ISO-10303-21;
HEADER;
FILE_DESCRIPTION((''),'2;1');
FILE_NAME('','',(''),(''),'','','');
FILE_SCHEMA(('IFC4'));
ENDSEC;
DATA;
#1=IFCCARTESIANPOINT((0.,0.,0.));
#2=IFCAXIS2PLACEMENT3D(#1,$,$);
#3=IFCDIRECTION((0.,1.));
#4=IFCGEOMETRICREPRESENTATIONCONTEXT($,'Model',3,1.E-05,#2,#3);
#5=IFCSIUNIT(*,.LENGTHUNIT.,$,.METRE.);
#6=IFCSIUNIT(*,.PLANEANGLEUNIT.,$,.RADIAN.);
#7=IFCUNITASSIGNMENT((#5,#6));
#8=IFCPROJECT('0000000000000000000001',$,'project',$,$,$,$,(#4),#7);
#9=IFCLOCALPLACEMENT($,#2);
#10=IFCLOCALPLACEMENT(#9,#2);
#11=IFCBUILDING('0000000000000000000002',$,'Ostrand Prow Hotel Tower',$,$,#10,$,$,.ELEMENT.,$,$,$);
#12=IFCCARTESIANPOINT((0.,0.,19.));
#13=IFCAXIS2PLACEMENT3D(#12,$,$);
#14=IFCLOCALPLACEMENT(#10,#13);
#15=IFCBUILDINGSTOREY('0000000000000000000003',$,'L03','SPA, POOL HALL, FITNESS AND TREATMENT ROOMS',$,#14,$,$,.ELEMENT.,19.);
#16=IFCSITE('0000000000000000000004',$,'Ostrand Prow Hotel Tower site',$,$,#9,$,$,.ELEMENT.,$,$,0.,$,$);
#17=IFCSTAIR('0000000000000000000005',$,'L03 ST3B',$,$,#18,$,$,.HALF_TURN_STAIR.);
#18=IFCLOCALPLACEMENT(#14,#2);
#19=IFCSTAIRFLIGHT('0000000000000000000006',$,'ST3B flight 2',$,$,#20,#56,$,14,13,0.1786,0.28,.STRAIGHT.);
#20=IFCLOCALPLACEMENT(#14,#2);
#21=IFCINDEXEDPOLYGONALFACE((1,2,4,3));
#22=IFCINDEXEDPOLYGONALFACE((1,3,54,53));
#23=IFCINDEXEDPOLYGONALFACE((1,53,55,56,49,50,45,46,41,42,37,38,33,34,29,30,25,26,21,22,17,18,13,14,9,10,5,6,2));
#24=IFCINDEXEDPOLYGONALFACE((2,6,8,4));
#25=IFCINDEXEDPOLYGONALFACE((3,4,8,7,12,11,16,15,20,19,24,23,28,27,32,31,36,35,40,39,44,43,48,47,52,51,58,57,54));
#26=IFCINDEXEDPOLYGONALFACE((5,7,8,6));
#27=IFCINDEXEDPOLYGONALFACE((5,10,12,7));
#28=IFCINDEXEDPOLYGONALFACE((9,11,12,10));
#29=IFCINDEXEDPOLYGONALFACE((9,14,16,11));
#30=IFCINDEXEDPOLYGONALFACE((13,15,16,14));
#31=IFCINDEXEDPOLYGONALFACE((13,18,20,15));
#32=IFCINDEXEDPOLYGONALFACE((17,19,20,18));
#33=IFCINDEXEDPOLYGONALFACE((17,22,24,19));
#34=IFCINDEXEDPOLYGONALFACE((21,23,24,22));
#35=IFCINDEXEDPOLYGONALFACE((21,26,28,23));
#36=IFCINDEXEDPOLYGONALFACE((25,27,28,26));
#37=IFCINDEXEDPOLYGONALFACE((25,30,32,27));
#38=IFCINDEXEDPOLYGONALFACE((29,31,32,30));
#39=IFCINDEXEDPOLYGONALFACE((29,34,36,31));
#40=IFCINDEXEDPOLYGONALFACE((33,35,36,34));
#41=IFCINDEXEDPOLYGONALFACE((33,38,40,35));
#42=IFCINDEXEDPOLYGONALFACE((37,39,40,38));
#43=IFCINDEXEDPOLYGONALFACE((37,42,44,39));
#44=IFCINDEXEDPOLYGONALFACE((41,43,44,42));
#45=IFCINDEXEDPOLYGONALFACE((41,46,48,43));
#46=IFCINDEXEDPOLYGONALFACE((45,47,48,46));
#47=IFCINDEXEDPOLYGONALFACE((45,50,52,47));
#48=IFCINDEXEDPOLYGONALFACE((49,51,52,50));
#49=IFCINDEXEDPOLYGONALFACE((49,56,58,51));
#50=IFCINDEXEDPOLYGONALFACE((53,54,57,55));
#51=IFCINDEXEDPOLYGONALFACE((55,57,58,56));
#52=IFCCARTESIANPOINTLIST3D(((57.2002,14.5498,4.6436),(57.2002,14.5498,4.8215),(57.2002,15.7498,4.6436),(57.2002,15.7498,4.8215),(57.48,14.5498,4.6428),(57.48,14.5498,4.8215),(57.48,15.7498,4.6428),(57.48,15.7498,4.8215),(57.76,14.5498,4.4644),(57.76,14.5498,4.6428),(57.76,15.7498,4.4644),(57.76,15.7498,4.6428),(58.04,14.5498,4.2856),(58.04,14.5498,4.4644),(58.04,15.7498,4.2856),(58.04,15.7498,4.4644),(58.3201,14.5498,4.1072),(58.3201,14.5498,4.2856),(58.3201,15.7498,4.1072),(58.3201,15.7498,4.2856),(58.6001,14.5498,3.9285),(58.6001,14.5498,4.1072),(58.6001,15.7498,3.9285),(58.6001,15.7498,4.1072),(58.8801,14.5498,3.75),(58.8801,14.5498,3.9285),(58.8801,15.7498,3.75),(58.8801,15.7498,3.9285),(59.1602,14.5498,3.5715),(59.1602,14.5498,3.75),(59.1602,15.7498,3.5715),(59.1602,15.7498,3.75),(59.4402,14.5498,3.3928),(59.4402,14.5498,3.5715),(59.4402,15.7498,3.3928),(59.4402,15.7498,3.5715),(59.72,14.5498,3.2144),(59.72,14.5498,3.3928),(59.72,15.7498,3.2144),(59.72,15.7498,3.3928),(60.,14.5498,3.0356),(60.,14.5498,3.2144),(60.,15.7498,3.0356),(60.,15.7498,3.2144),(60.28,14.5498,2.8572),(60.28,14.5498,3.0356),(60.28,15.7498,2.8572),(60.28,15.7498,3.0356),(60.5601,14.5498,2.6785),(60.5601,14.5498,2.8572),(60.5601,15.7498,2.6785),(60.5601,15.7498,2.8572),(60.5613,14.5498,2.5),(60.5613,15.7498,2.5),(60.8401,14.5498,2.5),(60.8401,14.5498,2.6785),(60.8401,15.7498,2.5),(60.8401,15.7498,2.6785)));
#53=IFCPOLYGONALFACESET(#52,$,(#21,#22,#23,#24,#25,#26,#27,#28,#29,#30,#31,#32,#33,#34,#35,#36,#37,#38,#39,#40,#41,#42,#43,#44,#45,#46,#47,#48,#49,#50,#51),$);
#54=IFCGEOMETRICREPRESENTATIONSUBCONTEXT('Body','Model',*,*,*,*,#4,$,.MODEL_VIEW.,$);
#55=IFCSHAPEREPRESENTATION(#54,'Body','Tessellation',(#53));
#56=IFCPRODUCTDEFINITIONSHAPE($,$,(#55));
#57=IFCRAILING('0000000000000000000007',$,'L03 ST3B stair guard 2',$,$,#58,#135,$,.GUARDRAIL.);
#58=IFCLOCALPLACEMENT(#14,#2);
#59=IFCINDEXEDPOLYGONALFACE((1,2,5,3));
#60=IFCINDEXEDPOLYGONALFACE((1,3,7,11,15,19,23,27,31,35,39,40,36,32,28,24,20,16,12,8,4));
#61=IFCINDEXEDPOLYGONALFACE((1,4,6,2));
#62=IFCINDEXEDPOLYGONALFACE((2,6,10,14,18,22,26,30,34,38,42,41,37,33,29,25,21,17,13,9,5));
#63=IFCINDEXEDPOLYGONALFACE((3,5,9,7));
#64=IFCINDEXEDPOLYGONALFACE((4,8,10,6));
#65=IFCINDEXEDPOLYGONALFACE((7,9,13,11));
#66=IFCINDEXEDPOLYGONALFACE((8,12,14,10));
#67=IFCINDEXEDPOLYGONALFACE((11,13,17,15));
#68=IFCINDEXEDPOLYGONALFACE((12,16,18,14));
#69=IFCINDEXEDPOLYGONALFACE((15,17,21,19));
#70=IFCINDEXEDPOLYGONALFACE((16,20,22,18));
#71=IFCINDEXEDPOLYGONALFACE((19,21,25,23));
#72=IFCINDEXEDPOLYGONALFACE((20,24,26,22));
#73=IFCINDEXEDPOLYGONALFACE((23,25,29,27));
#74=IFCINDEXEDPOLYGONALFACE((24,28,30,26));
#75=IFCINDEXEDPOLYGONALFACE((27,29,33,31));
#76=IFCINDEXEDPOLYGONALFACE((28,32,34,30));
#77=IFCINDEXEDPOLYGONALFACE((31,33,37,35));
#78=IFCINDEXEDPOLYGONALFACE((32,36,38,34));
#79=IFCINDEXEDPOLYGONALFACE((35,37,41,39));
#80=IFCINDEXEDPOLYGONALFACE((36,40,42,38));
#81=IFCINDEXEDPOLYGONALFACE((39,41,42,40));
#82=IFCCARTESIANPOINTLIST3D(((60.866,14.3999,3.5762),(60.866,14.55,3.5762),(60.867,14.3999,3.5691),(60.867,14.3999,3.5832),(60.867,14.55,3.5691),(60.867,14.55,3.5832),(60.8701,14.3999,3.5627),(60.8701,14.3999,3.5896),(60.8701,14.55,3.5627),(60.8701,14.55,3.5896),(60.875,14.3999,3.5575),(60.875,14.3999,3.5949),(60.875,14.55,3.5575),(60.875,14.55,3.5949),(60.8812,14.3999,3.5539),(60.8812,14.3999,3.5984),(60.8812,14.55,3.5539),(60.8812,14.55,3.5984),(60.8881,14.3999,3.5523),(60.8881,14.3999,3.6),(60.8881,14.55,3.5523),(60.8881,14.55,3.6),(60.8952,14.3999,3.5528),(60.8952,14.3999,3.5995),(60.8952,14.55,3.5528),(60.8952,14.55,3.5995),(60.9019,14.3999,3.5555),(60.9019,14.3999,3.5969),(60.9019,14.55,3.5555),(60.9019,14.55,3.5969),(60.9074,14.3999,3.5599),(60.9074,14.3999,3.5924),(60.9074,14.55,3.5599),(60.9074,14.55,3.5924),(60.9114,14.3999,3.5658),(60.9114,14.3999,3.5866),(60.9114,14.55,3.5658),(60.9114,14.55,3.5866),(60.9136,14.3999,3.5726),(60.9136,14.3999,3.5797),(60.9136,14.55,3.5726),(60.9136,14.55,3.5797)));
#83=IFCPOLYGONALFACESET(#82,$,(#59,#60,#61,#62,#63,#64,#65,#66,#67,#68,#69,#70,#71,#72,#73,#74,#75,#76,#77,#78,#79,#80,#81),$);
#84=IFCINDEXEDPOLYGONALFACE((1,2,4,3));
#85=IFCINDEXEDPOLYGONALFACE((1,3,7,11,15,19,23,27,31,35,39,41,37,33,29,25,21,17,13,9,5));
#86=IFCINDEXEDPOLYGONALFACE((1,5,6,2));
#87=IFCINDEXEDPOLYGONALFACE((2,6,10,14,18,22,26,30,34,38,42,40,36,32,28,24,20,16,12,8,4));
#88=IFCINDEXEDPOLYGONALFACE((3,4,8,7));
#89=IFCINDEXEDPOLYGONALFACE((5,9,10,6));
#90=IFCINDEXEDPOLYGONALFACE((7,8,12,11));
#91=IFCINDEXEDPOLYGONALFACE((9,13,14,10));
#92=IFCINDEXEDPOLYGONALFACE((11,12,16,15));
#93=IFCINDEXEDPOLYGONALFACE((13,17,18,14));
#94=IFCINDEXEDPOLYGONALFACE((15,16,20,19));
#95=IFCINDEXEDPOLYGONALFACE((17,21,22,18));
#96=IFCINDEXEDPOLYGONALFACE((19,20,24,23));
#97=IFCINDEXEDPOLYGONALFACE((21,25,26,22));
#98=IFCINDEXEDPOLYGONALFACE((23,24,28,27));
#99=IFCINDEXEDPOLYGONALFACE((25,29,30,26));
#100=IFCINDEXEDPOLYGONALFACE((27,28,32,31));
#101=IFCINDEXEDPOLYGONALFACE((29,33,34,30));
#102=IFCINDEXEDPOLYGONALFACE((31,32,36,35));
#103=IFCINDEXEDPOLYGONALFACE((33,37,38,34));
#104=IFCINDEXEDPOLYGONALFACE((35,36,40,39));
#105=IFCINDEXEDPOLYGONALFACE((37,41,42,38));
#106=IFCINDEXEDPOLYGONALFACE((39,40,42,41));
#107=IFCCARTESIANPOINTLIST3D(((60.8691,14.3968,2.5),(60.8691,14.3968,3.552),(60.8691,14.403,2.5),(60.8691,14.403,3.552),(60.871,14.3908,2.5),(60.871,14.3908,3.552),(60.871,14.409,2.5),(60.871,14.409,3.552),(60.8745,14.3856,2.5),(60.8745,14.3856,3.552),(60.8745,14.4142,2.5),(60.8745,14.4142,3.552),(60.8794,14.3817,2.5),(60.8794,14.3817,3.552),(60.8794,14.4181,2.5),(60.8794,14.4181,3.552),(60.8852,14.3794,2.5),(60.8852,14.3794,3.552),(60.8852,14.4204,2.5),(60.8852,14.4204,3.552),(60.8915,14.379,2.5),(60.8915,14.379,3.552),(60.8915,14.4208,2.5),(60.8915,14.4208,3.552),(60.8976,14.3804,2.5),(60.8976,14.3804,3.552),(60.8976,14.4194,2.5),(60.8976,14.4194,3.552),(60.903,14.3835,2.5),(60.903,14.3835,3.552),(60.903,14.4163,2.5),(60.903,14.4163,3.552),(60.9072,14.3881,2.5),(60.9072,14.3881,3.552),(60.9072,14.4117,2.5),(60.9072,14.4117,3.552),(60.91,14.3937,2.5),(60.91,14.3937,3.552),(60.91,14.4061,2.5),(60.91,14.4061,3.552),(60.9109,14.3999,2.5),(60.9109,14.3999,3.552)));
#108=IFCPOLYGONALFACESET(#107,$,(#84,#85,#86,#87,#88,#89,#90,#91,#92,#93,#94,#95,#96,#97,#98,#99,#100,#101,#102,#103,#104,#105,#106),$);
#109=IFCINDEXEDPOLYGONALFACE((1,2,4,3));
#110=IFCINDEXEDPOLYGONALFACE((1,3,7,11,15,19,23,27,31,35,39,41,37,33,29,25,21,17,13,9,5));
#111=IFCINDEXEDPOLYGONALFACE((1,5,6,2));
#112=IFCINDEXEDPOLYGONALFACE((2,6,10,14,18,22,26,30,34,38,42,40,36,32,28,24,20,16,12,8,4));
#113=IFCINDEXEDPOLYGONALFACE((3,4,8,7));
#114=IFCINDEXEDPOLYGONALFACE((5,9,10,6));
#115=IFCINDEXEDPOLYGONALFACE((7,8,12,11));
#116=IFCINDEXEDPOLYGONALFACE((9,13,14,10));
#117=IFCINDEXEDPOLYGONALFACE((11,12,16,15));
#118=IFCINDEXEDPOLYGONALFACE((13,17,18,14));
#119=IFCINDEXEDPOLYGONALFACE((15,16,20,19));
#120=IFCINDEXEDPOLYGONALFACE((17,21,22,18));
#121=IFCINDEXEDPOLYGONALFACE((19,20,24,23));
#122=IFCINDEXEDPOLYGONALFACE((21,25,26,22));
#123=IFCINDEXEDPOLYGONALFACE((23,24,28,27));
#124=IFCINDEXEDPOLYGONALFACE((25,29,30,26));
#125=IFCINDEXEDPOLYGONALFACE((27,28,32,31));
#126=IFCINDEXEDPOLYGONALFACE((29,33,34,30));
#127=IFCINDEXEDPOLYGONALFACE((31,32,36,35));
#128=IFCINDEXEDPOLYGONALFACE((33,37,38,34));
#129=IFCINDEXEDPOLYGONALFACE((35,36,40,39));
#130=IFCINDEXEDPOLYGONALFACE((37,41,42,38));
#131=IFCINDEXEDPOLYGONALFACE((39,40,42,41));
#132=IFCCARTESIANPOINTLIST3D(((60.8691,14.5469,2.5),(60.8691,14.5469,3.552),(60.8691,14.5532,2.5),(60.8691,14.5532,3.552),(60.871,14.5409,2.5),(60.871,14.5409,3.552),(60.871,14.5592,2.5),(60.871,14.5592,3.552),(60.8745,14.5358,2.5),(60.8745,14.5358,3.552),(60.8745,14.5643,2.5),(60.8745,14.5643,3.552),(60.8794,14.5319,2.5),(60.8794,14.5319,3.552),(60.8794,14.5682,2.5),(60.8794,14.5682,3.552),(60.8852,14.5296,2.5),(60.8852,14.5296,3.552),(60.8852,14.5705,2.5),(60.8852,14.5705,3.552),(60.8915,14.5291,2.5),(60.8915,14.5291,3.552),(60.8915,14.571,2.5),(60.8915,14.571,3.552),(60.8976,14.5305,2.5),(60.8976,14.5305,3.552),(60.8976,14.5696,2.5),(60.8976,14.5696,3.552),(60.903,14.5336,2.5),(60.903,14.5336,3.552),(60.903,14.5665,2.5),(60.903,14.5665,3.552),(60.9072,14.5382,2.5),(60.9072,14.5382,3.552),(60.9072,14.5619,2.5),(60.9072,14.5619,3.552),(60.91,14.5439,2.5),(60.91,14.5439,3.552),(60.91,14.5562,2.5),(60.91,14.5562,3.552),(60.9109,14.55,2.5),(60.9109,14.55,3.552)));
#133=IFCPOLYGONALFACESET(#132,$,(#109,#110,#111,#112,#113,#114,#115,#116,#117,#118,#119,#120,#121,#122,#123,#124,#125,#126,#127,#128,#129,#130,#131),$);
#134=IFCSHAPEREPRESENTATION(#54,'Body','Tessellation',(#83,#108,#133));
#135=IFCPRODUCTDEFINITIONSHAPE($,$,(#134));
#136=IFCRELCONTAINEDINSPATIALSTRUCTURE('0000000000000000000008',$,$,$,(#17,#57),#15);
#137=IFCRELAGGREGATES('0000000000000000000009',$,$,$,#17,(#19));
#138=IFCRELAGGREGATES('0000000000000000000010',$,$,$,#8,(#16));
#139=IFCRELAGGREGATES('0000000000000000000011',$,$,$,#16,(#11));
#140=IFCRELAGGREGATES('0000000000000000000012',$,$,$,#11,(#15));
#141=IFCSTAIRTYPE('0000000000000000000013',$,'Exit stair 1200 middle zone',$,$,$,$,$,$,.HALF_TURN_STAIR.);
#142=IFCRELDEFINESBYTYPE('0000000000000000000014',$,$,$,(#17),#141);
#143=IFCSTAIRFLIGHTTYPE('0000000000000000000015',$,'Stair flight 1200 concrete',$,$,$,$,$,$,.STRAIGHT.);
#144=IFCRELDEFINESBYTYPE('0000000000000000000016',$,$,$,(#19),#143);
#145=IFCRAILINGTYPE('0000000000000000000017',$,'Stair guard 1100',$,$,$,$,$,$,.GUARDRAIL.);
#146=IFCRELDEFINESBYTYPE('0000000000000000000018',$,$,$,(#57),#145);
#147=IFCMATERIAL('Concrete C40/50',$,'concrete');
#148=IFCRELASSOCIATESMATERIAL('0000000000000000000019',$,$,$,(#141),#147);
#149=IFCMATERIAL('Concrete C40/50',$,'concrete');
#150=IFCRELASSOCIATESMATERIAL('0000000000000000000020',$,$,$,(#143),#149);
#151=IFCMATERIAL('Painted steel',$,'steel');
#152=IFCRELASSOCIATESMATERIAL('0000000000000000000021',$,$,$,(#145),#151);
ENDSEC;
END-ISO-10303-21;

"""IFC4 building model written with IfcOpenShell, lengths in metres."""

from ifc_helpers import new_model, si_unit, direction, frame, origin, origin_2d, place, context, subcontext, project, spatial, polyline, circle, outline, extrude, material, type_object, element, aggregate, save


model = new_model("IFC4")

# Units and contexts
model_context = context("Model", 3, precision=1e-05, world=origin(), true_north=direction((0.0, 1.0)))
body_context = subcontext(model_context, "Body", "Model", "MODEL_VIEW")
ifc_project = project(units=[si_unit("LENGTHUNIT", "METRE"), si_unit("PLANEANGLEUNIT", "RADIAN")], contexts=[model_context])

# Site, building, storey
site_placement = place(None, origin())
site = spatial("IfcSite", under=ifc_project, at=site_placement, Name="Ostrand Prow Hotel Tower site", CompositionType="ELEMENT", RefElevation=0.0)
building_placement = place(site_placement, origin())
building = spatial("IfcBuilding", under=site, at=building_placement, Name="Ostrand Prow Hotel Tower", CompositionType="ELEMENT")
storey_placement = place(building_placement, frame((0.0, 0.0, 19.0)))
storey = spatial("IfcBuildingStorey", under=building, at=storey_placement, Name="L03", Description="SPA, POOL HALL, FITNESS AND TREATMENT ROOMS", CompositionType="ELEMENT", Elevation=19.0)

# Stair, stair flight
ifc_material_1 = material(Name="Concrete C40/50", Category="concrete")
stair_type = type_object("IfcStairType", Name="Exit stair 1200 middle zone", PredefinedType="HALF_TURN_STAIR", material=ifc_material_1)
stair_placement = place(storey_placement, origin())
stair = element("IfcStair", 1, at=stair_placement, inside=storey, type_object=stair_type, Name="L03 ST3B", PredefinedType="HALF_TURN_STAIR")
ifc_material_2 = material(Name="Concrete C40/50", Category="concrete")
stair_flight_type = type_object("IfcStairFlightType", Name="Stair flight 1200 concrete", PredefinedType="STRAIGHT", material=ifc_material_2)
stair_flight_placement = place(storey_placement, frame((60.8401, 15.1499, 2.5), z_axis=(0.0, 0.0, 1.0), x_axis=(-1.0, 0.0, 0.0)))
stair_flight = element("IfcStairFlight", 2, at=stair_flight_placement, type_object=stair_flight_type, Name="ST3B flight 2", NumberOfRisers=14, NumberOfTreads=13, PredefinedType="STRAIGHT", RiserHeight=0.1786, TreadLength=0.28, context=body_context, shape_type="SweptSolid", body=[
    extrude(outline(polyline([(0.0, 0.0), (0.0, 0.1785), (0.28, 0.1785), (0.28, 0.3572), (0.5601, 0.3572), (0.5601, 0.5356), (0.8401, 0.5356), (0.8401, 0.7144), (1.1201, 0.7144), (1.1201, 0.8928), (1.3999, 0.8928), (1.3999, 1.0715), (1.6799, 1.0715), (1.6799, 1.25), (1.96, 1.25), (1.96, 1.4285), (2.24, 1.4285), (2.24, 1.6072), (2.52, 1.6072), (2.52, 1.7856), (2.8, 1.7856), (2.8, 1.9644), (3.0801, 1.9644), (3.0801, 2.1428), (3.3601, 2.1428), (3.3601, 2.3215), (3.6399, 2.3215), (3.6399, 2.5), (3.6399, 2.1436), (0.2788, 0.0), (0.0, 0.0)])), frame((0.0, 0.6001, 0.0), z_axis=(0.0, -1.0, 0.0), x_axis=(1.0, 0.0, 0.0)), (0.0, 0.0, 1.0), 1.2),
])
aggregate(stair, [stair_flight])

# Railing
ifc_material_3 = material(Name="Painted steel", Category="steel")
railing_type_1 = type_object("IfcRailingType", Name="Stair guard 1100", PredefinedType="GUARDRAIL", material=ifc_material_3)
railing_1_placement = place(storey_placement, frame((60.8899, 14.3999, 2.5)))
element("IfcRailing", 3, at=railing_1_placement, inside=storey, type_object=railing_type_1, Name="L03 ST3B stair guard 2", PredefinedType="GUARDRAIL", context=body_context, shape_type="SweptSolid", body=[
    extrude(circle(Radius=0.0239, at=origin_2d()), frame((0.0, 0.0, 1.0762), z_axis=(0.0, 1.0, 0.0), x_axis=(-1.0, 0.0, 0.0)), (0.0, 0.0, 1.0), 0.1501),
    extrude(circle(Radius=0.021, at=origin_2d()), origin(), (0.0, 0.0, 1.0), 1.052),
    extrude(circle(Radius=0.021, at=origin_2d()), frame((0.0, 0.1501, 0.0)), (0.0, 0.0, 1.0), 1.052),
])

save(model, "model.ifc")
